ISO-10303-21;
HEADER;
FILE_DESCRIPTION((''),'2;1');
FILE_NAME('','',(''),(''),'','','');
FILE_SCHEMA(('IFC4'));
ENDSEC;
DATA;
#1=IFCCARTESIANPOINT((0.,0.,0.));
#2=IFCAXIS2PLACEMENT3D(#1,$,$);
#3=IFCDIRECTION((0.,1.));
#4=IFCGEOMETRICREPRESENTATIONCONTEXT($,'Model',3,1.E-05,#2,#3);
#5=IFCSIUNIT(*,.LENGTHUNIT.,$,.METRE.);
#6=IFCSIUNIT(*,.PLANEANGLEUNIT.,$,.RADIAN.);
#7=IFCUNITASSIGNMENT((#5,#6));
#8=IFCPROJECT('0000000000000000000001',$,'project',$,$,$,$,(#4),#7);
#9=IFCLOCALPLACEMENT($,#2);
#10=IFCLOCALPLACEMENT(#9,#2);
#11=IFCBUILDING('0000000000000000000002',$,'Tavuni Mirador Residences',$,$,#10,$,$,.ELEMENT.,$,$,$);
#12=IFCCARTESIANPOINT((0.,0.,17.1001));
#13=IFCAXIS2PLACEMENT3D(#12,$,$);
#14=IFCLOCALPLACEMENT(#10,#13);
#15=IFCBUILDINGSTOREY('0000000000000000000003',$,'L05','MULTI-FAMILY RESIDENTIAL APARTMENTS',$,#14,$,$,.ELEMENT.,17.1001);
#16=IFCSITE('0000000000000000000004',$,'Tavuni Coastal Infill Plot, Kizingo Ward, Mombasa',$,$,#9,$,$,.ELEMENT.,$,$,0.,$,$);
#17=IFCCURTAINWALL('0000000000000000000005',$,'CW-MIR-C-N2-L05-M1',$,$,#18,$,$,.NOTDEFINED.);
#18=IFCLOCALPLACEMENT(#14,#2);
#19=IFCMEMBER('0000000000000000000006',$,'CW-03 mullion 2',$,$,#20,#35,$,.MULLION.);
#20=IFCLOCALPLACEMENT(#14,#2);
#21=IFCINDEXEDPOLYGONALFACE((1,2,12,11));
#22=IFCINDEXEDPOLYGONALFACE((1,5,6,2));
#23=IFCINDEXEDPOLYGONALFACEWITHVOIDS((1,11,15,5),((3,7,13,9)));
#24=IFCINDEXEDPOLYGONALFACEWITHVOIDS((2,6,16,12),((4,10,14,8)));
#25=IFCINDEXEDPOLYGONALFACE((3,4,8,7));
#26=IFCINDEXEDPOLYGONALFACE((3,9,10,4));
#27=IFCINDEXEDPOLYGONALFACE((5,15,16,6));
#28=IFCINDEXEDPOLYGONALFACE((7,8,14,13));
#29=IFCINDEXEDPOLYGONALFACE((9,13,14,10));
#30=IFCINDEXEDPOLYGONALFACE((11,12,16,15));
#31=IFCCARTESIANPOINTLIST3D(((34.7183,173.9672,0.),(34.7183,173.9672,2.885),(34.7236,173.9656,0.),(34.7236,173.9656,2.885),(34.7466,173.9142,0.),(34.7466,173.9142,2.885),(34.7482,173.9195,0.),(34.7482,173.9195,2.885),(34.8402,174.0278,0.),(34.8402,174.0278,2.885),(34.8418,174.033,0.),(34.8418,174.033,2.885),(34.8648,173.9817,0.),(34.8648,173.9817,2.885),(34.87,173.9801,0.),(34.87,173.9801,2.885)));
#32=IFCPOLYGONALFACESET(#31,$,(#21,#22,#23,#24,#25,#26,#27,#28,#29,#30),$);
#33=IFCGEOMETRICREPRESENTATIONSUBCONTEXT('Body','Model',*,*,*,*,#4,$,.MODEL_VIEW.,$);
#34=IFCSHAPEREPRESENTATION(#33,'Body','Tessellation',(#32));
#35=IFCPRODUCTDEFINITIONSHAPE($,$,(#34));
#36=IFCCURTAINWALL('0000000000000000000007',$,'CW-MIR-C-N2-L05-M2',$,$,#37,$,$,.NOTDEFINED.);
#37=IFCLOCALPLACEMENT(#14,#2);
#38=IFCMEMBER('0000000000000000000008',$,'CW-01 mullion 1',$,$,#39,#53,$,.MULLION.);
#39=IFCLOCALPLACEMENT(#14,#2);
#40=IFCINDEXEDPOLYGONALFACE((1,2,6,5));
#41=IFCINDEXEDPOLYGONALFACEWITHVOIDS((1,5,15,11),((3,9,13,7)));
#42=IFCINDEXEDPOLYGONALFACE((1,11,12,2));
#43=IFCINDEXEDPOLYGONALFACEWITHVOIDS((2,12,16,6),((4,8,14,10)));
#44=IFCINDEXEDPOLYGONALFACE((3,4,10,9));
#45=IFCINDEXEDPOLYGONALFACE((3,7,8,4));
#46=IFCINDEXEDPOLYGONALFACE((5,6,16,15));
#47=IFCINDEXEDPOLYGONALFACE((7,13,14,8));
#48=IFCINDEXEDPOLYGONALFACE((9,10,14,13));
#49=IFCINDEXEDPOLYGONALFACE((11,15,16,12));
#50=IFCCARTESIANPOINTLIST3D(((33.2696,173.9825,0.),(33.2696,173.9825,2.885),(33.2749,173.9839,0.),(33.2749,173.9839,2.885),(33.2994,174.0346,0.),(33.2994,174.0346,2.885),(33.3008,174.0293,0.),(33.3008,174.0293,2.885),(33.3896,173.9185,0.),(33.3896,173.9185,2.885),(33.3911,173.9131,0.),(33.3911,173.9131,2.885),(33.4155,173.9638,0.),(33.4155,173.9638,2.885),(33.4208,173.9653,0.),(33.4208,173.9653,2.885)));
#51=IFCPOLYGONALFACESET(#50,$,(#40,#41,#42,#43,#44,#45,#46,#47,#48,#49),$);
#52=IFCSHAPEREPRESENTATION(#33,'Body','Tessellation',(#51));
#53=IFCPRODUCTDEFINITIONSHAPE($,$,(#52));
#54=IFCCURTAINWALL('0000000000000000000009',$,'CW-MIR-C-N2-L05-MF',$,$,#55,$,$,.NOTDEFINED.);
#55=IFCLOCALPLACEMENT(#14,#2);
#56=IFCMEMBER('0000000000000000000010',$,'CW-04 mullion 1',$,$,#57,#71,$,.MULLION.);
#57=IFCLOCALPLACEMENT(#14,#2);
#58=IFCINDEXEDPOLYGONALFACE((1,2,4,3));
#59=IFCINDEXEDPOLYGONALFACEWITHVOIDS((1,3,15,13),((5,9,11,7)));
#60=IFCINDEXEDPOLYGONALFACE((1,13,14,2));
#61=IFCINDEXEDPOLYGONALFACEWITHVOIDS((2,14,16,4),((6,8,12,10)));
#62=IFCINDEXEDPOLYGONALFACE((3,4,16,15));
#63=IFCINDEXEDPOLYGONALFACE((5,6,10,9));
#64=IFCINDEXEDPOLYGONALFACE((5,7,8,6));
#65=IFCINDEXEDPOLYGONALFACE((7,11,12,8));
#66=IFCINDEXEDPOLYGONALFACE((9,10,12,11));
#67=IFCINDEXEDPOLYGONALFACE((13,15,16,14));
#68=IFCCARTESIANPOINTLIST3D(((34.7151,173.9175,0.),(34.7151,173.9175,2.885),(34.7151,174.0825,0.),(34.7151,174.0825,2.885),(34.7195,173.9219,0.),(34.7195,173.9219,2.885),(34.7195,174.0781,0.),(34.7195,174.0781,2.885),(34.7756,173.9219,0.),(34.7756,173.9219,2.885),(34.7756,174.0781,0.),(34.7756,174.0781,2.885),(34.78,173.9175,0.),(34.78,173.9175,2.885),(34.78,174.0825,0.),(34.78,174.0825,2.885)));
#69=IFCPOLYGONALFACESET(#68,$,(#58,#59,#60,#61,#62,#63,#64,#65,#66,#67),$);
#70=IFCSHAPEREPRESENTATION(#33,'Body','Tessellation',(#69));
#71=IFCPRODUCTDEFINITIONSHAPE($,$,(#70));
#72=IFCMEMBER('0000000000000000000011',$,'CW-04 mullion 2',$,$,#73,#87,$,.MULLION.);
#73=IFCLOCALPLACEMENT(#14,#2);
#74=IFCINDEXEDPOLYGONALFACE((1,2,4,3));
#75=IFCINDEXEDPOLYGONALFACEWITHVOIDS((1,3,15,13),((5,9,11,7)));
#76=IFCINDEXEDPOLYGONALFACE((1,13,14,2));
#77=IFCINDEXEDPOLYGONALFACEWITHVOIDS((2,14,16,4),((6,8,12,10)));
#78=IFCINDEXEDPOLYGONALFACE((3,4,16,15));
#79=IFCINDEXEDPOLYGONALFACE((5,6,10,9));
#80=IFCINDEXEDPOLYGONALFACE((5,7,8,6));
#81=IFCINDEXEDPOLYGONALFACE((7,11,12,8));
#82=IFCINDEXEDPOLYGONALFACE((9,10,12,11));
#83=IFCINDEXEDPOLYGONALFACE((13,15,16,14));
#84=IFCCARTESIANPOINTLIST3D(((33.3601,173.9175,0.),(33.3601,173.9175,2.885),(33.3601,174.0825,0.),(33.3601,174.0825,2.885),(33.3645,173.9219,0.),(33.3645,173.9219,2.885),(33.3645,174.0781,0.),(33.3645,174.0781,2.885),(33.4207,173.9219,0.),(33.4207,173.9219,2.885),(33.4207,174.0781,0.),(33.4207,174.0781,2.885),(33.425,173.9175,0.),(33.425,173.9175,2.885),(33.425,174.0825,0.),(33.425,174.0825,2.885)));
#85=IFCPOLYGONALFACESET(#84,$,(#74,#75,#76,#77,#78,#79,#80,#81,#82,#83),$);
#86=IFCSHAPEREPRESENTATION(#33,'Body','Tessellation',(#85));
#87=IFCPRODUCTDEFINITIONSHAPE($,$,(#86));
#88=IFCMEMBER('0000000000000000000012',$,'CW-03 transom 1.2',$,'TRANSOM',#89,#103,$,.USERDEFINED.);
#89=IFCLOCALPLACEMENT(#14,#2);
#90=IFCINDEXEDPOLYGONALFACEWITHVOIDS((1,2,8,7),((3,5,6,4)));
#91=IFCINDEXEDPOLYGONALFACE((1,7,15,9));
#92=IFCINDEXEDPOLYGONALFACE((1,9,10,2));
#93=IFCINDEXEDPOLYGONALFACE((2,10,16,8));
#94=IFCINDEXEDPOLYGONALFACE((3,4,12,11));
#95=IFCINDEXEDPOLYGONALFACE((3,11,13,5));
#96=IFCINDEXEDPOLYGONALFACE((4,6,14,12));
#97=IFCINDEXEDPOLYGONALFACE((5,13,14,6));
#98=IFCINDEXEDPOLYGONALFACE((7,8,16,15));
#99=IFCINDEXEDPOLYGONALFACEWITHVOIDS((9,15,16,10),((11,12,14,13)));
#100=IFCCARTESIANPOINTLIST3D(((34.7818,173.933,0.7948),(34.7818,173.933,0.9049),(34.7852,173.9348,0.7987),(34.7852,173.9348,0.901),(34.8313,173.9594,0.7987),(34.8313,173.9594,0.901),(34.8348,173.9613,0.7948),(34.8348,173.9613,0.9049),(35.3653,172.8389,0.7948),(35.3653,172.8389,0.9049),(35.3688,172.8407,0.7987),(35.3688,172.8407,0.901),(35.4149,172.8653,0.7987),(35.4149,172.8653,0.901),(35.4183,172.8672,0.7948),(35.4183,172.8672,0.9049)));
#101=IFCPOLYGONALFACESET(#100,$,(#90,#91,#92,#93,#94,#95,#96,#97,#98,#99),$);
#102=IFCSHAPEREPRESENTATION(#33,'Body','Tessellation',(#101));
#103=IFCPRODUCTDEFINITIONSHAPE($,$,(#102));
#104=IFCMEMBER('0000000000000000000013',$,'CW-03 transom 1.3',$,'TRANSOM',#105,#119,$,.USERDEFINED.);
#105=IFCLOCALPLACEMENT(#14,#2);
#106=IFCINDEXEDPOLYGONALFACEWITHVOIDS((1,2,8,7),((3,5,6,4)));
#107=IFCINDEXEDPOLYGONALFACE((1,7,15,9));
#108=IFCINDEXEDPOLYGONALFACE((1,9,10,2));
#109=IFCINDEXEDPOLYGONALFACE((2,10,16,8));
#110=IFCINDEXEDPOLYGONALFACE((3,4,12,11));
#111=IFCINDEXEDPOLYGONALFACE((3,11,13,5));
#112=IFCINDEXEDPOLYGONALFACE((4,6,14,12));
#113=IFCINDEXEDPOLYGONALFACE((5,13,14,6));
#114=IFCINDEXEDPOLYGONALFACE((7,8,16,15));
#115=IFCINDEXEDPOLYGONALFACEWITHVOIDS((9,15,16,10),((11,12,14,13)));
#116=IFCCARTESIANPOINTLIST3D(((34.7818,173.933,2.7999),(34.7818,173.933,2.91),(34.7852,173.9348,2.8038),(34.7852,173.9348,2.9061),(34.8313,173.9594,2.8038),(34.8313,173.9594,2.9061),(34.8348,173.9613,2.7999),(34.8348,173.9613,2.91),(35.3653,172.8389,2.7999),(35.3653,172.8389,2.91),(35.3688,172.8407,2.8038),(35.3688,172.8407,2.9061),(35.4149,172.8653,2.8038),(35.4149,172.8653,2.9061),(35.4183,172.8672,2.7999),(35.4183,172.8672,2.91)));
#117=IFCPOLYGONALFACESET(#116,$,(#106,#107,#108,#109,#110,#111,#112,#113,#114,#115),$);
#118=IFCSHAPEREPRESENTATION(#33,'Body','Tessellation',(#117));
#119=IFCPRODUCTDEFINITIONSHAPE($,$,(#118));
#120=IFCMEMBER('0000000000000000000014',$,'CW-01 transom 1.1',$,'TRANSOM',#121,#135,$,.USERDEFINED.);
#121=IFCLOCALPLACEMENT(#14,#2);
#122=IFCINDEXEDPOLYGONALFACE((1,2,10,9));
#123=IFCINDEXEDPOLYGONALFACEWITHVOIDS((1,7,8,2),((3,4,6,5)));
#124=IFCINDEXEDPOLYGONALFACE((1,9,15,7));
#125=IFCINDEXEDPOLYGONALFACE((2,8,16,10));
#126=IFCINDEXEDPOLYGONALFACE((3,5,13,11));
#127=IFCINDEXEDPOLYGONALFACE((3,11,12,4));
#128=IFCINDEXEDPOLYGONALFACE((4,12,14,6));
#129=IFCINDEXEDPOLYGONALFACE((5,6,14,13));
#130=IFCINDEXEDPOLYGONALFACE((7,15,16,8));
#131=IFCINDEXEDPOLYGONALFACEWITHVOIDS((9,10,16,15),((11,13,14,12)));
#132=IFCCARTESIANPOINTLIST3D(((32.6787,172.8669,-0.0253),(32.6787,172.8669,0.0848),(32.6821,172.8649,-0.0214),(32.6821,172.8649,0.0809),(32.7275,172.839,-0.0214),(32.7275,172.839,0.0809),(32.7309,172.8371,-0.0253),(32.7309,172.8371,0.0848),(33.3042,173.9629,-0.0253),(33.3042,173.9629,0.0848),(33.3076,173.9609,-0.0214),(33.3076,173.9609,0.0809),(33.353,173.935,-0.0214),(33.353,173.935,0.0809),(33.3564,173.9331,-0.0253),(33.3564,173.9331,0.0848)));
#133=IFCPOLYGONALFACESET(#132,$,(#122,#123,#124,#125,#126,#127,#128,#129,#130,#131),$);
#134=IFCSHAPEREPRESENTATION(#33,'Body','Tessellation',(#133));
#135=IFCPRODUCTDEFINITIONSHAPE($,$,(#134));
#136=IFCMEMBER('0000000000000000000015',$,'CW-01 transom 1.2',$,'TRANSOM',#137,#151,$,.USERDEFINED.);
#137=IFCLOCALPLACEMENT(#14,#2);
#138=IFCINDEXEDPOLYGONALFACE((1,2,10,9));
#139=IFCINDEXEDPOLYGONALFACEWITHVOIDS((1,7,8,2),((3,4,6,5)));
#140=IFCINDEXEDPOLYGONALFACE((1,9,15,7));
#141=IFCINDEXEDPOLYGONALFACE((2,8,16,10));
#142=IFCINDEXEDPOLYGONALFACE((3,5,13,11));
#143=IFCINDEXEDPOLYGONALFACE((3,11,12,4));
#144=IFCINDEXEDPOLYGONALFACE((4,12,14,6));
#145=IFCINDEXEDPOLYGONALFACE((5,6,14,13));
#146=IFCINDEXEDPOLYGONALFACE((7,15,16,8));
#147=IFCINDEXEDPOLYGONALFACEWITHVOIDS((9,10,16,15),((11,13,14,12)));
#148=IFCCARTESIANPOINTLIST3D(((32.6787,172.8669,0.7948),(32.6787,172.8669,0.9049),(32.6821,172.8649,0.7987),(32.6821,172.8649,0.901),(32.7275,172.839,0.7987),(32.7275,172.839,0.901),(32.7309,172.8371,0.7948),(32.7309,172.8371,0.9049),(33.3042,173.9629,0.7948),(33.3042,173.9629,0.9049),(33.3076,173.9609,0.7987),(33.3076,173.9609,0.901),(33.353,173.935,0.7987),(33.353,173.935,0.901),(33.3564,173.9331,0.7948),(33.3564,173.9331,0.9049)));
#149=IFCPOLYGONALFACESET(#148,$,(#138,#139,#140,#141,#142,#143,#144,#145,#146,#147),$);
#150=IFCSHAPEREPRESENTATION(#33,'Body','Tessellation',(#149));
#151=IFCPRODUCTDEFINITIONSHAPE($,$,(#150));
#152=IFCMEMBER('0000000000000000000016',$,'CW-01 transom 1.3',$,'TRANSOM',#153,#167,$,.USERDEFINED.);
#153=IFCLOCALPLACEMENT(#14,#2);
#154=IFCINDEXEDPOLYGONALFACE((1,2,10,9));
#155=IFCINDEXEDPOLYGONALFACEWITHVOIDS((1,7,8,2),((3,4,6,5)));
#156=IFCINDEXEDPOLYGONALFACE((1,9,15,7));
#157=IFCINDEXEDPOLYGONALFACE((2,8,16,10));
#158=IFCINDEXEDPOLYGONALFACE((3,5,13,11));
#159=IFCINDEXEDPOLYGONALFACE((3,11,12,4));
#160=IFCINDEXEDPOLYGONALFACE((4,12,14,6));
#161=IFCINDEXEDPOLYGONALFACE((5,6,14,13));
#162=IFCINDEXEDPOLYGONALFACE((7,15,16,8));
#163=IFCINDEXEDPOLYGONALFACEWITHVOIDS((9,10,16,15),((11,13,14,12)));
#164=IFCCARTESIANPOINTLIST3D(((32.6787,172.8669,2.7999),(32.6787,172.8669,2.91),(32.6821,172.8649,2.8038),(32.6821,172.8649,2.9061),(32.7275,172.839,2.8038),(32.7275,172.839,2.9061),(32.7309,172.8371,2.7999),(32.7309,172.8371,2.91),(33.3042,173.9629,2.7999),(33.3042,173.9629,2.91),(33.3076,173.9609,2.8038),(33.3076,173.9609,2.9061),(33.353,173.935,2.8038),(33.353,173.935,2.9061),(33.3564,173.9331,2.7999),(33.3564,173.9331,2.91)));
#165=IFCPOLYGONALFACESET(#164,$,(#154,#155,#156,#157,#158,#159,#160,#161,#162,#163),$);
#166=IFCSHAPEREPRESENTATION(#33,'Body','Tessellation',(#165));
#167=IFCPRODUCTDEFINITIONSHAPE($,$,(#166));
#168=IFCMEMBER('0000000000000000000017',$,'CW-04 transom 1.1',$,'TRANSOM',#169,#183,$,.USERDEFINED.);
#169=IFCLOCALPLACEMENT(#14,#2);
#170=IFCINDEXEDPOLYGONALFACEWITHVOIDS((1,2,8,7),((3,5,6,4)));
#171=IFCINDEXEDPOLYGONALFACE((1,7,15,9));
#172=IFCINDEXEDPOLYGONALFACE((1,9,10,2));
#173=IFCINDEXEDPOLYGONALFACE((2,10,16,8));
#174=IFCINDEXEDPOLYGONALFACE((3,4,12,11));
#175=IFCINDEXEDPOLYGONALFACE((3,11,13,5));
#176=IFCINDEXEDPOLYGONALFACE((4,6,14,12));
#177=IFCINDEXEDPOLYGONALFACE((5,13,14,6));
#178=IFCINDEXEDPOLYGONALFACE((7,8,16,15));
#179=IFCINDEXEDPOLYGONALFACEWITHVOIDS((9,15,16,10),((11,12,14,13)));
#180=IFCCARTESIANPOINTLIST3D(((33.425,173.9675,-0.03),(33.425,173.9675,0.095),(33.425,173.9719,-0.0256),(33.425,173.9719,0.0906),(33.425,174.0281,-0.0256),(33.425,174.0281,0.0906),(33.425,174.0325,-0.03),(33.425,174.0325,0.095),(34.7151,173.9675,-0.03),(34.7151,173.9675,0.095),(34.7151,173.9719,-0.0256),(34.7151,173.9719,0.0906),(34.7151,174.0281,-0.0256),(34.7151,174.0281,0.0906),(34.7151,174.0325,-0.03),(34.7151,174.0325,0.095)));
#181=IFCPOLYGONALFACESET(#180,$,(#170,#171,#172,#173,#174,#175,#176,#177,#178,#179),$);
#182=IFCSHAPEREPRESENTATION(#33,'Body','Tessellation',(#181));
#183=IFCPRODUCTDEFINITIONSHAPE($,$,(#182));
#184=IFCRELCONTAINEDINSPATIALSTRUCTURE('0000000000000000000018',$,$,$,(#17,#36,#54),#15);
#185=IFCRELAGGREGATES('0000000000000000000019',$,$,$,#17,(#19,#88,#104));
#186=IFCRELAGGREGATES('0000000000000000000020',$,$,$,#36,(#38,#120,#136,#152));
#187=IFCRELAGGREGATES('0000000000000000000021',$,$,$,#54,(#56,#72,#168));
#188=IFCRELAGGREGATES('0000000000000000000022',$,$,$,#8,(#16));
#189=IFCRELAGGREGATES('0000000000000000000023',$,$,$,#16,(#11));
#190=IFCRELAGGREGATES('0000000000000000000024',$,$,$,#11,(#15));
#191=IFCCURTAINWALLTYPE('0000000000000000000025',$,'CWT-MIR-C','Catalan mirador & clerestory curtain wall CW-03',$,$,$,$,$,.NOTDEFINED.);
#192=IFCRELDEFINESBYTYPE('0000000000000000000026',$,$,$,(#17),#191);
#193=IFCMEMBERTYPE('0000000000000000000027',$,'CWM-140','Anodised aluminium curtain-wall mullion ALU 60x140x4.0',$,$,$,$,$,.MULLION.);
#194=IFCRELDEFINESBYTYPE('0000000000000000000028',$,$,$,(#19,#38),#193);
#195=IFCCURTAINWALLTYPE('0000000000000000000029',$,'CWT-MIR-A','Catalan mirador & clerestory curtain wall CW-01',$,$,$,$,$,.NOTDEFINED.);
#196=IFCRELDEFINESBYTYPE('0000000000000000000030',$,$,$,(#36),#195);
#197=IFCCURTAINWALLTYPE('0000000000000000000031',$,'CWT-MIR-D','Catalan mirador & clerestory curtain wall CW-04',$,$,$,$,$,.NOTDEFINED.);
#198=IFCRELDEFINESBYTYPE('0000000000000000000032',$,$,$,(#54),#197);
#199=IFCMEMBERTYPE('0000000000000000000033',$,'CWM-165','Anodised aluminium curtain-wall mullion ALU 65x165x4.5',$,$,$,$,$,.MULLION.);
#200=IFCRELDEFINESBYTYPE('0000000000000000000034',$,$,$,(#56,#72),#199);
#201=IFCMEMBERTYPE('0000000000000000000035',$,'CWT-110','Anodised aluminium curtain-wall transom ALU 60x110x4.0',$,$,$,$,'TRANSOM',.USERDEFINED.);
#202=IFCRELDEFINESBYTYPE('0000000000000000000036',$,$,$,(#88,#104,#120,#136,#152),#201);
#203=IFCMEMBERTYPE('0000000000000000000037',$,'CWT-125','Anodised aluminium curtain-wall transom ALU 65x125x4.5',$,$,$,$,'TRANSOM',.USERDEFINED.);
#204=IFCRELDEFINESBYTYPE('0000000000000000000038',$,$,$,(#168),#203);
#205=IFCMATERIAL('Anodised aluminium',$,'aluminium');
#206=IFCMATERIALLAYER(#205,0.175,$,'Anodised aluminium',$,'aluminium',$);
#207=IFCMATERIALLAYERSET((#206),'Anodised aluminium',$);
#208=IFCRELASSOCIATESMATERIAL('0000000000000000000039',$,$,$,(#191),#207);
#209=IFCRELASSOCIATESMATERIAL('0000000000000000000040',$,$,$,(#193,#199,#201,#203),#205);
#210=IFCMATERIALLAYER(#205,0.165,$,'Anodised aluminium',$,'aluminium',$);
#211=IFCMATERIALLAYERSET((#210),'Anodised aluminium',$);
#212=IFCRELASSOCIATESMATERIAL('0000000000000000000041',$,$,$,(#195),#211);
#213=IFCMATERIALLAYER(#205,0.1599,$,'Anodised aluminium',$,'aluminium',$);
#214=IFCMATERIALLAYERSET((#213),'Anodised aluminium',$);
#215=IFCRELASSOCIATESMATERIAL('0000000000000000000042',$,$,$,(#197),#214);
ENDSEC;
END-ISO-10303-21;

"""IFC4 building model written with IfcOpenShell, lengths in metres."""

from ifc_helpers import new_model, si_unit, direction, frame, origin, origin_2d, place, context, subcontext, project, spatial, hollow_rectangle, extrude, material, layer, layer_set, material_profile, profile_set, type_object, element, aggregate, save


model = new_model("IFC4")

# Units and contexts
model_context = context("Model", 3, precision=1e-05, world=origin(), true_north=direction((0.0, 1.0)))
body_context = subcontext(model_context, "Body", "Model", "MODEL_VIEW")
ifc_project = project(units=[si_unit("LENGTHUNIT", "METRE"), si_unit("PLANEANGLEUNIT", "RADIAN")], contexts=[model_context])

# Site, building, storey
site_placement = place(None, origin())
site = spatial("IfcSite", under=ifc_project, at=site_placement, Name="Tavuni Coastal Infill Plot, Kizingo Ward, Mombasa", CompositionType="ELEMENT", RefElevation=0.0)
building_placement = place(site_placement, origin())
building = spatial("IfcBuilding", under=site, at=building_placement, Name="Tavuni Mirador Residences", CompositionType="ELEMENT")
storey_placement = place(building_placement, frame((0.0, 0.0, 17.1001)))
storey = spatial("IfcBuildingStorey", under=building, at=storey_placement, Name="L05", Description="MULTI-FAMILY RESIDENTIAL APARTMENTS", CompositionType="ELEMENT", Elevation=17.1001)

# Curtain walls, members
ifc_material_1 = material(Name="Anodised aluminium", Category="aluminium")
ifc_layer_1 = layer(ifc_material_1, 0.175, Name="Anodised aluminium", Category="aluminium")
ifc_layer_set_1 = layer_set([ifc_layer_1], Name="Anodised aluminium")
curtain_wall_type_1 = type_object("IfcCurtainWallType", Name="CWT-MIR-C", Description="Catalan mirador & clerestory curtain wall CW-03", PredefinedType="NOTDEFINED", material=ifc_layer_set_1)
curtain_wall_1_placement = place(storey_placement, origin())
curtain_wall_1 = element("IfcCurtainWall", 1, at=curtain_wall_1_placement, inside=storey, type_object=curtain_wall_type_1, Name="CW-MIR-C-N2-L05-M1", PredefinedType="NOTDEFINED")
ifc_material_profile_1 = material_profile(ifc_material_1, hollow_rectangle(XDim=0.0601, YDim=0.1399, WallThickness=0.0039, at=origin_2d()), Name="ALU 60x140x4.0", Category="aluminium")
ifc_profile_set_1 = profile_set([ifc_material_profile_1], Name="Anodised aluminium")
member_type_1 = type_object("IfcMemberType", Name="CWM-140", Description="Anodised aluminium curtain-wall mullion ALU 60x140x4.0", PredefinedType="MULLION", material=ifc_profile_set_1)
member_1_placement = place(storey_placement, frame((34.7942, 173.9736, 0.0), z_axis=(0.0, 0.0, 1.0), x_axis=(-0.470588, 0.882353, 0.0)))
member_1 = element("IfcMember", 2, at=member_1_placement, type_object=member_type_1, Name="CW-03 mullion 2", PredefinedType="MULLION", context=body_context, shape_type="SweptSolid", body=[
    extrude(hollow_rectangle(XDim=0.0601, YDim=0.1399, WallThickness=0.0039, at=origin_2d()), origin(), (0.0, 0.0, 1.0), 2.885),
])
ifc_layer_2 = layer(ifc_material_1, 0.165, Name="Anodised aluminium", Category="aluminium")
ifc_layer_set_2 = layer_set([ifc_layer_2], Name="Anodised aluminium")
curtain_wall_type_2 = type_object("IfcCurtainWallType", Name="CWT-MIR-A", Description="Catalan mirador & clerestory curtain wall CW-01", PredefinedType="NOTDEFINED", material=ifc_layer_set_2)
curtain_wall_2_placement = place(storey_placement, origin())
curtain_wall_2 = element("IfcCurtainWall", 3, at=curtain_wall_2_placement, inside=storey, type_object=curtain_wall_type_2, Name="CW-MIR-C-N2-L05-M2", PredefinedType="NOTDEFINED")
member_2_placement = place(storey_placement, frame((33.3452, 173.9739, 0.0), z_axis=(0.0, 0.0, 1.0), x_axis=(-0.495749, -0.868466, 0.0)))
member_2 = element("IfcMember", 4, at=member_2_placement, type_object=member_type_1, Name="CW-01 mullion 1", PredefinedType="MULLION", context=body_context, shape_type="SweptSolid", body=[
    extrude(hollow_rectangle(XDim=0.0601, YDim=0.1399, WallThickness=0.0039, at=origin_2d()), origin(), (0.0, 0.0, 1.0), 2.885),
])

# Curtain wall, members
ifc_layer_3 = layer(ifc_material_1, 0.1599, Name="Anodised aluminium", Category="aluminium")
ifc_layer_set_3 = layer_set([ifc_layer_3], Name="Anodised aluminium")
curtain_wall_type_3 = type_object("IfcCurtainWallType", Name="CWT-MIR-D", Description="Catalan mirador & clerestory curtain wall CW-04", PredefinedType="NOTDEFINED", material=ifc_layer_set_3)
curtain_wall_3_placement = place(storey_placement, origin())
curtain_wall_3 = element("IfcCurtainWall", 5, at=curtain_wall_3_placement, inside=storey, type_object=curtain_wall_type_3, Name="CW-MIR-C-N2-L05-MF", PredefinedType="NOTDEFINED")
ifc_material_profile_2 = material_profile(ifc_material_1, hollow_rectangle(XDim=0.0649, YDim=0.165, WallThickness=0.0044, at=origin_2d()), Name="ALU 65x165x4.5", Category="aluminium")
ifc_profile_set_2 = profile_set([ifc_material_profile_2], Name="Anodised aluminium")
member_type_2 = type_object("IfcMemberType", Name="CWM-165", Description="Anodised aluminium curtain-wall mullion ALU 65x165x4.5", PredefinedType="MULLION", material=ifc_profile_set_2)
member_3_placement = place(storey_placement, frame((34.7476, 174.0, 0.0), z_axis=(0.0, 0.0, 1.0), x_axis=(-1.0, 0.0, 0.0)))
member_3 = element("IfcMember", 6, at=member_3_placement, type_object=member_type_2, Name="CW-04 mullion 1", PredefinedType="MULLION", context=body_context, shape_type="SweptSolid", body=[
    extrude(hollow_rectangle(XDim=0.0649, YDim=0.165, WallThickness=0.0044, at=origin_2d()), origin(), (0.0, 0.0, 1.0), 2.885),
])
member_4_placement = place(storey_placement, frame((33.3926, 174.0, 0.0), z_axis=(0.0, 0.0, 1.0), x_axis=(-1.0, 0.0, 0.0)))
member_4 = element("IfcMember", 7, at=member_4_placement, type_object=member_type_2, Name="CW-04 mullion 2", PredefinedType="MULLION", context=body_context, shape_type="SweptSolid", body=[
    extrude(hollow_rectangle(XDim=0.0649, YDim=0.165, WallThickness=0.0044, at=origin_2d()), origin(), (0.0, 0.0, 1.0), 2.885),
])

# Members
ifc_material_profile_3 = material_profile(ifc_material_1, hollow_rectangle(XDim=0.0601, YDim=0.1101, WallThickness=0.0039, at=origin_2d()), Name="ALU 60x110x4.0", Category="aluminium")
ifc_profile_set_3 = profile_set([ifc_material_profile_3], Name="Anodised aluminium")
member_type_3 = type_object("IfcMemberType", Name="CWT-110", Description="Anodised aluminium curtain-wall transom ALU 60x110x4.0", ElementType="TRANSOM", PredefinedType="USERDEFINED", material=ifc_profile_set_3)
member_5_placement = place(storey_placement, frame((35.3918, 172.853, 0.8499), z_axis=(-0.470609, 0.882342, 0.0), x_axis=(-0.882342, -0.470609, 0.0)))
member_5 = element("IfcMember", 8, at=member_5_placement, type_object=member_type_3, Name="CW-03 transom 1.2", ObjectType="TRANSOM", PredefinedType="USERDEFINED", context=body_context, shape_type="SweptSolid", body=[
    extrude(hollow_rectangle(XDim=0.0601, YDim=0.1101, WallThickness=0.0039, at=origin_2d()), origin(), (0.0, 0.0, 1.0), 1.24),
])
member_6_placement = place(storey_placement, frame((35.3918, 172.853, 2.855), z_axis=(-0.470609, 0.882342, 0.0), x_axis=(-0.882342, -0.470609, 0.0)))
member_6 = element("IfcMember", 9, at=member_6_placement, type_object=member_type_3, Name="CW-03 transom 1.3", ObjectType="TRANSOM", PredefinedType="USERDEFINED", context=body_context, shape_type="SweptSolid", body=[
    extrude(hollow_rectangle(XDim=0.0601, YDim=0.1101, WallThickness=0.0039, at=origin_2d()), origin(), (0.0, 0.0, 1.0), 1.24),
])
member_7_placement = place(storey_placement, frame((33.3303, 173.948, 0.0298), z_axis=(-0.49568, -0.868505, 0.0), x_axis=(0.868505, -0.49568, 0.0)))
member_7 = element("IfcMember", 10, at=member_7_placement, type_object=member_type_3, Name="CW-01 transom 1.1", ObjectType="TRANSOM", PredefinedType="USERDEFINED", context=body_context, shape_type="SweptSolid", body=[
    extrude(hollow_rectangle(XDim=0.0601, YDim=0.1101, WallThickness=0.0039, at=origin_2d()), origin(), (0.0, 0.0, 1.0), 1.262),
])
member_8_placement = place(storey_placement, frame((33.3303, 173.948, 0.8499), z_axis=(-0.49568, -0.868505, 0.0), x_axis=(0.868505, -0.49568, 0.0)))
member_8 = element("IfcMember", 11, at=member_8_placement, type_object=member_type_3, Name="CW-01 transom 1.2", ObjectType="TRANSOM", PredefinedType="USERDEFINED", context=body_context, shape_type="SweptSolid", body=[
    extrude(hollow_rectangle(XDim=0.0601, YDim=0.1101, WallThickness=0.0039, at=origin_2d()), origin(), (0.0, 0.0, 1.0), 1.262),
])
member_9_placement = place(storey_placement, frame((33.3303, 173.948, 2.855), z_axis=(-0.49568, -0.868505, 0.0), x_axis=(0.868505, -0.49568, 0.0)))
member_9 = element("IfcMember", 12, at=member_9_placement, type_object=member_type_3, Name="CW-01 transom 1.3", ObjectType="TRANSOM", PredefinedType="USERDEFINED", context=body_context, shape_type="SweptSolid", body=[
    extrude(hollow_rectangle(XDim=0.0601, YDim=0.1101, WallThickness=0.0039, at=origin_2d()), origin(), (0.0, 0.0, 1.0), 1.262),
])
ifc_material_profile_4 = material_profile(ifc_material_1, hollow_rectangle(XDim=0.0649, YDim=0.125, WallThickness=0.0044, at=origin_2d()), Name="ALU 65x125x4.5", Category="aluminium")
ifc_profile_set_4 = profile_set([ifc_material_profile_4], Name="Anodised aluminium")
member_type_4 = type_object("IfcMemberType", Name="CWT-125", Description="Anodised aluminium curtain-wall transom ALU 65x125x4.5", ElementType="TRANSOM", PredefinedType="USERDEFINED", material=ifc_profile_set_4)
member_10_placement = place(storey_placement, frame((34.7151, 174.0, 0.0325), z_axis=(-1.0, 0.0, 0.0), x_axis=(0.0, -1.0, 0.0)))
member_10 = element("IfcMember", 13, at=member_10_placement, type_object=member_type_4, Name="CW-04 transom 1.1", ObjectType="TRANSOM", PredefinedType="USERDEFINED", context=body_context, shape_type="SweptSolid", body=[
    extrude(hollow_rectangle(XDim=0.0649, YDim=0.125, WallThickness=0.0044, at=origin_2d()), origin(), (0.0, 0.0, 1.0), 1.29),
])

aggregate(curtain_wall_1, [member_1, member_5, member_6])
aggregate(curtain_wall_2, [member_2, member_7, member_8, member_9])
aggregate(curtain_wall_3, [member_3, member_4, member_10])

save(model, "model.ifc")
